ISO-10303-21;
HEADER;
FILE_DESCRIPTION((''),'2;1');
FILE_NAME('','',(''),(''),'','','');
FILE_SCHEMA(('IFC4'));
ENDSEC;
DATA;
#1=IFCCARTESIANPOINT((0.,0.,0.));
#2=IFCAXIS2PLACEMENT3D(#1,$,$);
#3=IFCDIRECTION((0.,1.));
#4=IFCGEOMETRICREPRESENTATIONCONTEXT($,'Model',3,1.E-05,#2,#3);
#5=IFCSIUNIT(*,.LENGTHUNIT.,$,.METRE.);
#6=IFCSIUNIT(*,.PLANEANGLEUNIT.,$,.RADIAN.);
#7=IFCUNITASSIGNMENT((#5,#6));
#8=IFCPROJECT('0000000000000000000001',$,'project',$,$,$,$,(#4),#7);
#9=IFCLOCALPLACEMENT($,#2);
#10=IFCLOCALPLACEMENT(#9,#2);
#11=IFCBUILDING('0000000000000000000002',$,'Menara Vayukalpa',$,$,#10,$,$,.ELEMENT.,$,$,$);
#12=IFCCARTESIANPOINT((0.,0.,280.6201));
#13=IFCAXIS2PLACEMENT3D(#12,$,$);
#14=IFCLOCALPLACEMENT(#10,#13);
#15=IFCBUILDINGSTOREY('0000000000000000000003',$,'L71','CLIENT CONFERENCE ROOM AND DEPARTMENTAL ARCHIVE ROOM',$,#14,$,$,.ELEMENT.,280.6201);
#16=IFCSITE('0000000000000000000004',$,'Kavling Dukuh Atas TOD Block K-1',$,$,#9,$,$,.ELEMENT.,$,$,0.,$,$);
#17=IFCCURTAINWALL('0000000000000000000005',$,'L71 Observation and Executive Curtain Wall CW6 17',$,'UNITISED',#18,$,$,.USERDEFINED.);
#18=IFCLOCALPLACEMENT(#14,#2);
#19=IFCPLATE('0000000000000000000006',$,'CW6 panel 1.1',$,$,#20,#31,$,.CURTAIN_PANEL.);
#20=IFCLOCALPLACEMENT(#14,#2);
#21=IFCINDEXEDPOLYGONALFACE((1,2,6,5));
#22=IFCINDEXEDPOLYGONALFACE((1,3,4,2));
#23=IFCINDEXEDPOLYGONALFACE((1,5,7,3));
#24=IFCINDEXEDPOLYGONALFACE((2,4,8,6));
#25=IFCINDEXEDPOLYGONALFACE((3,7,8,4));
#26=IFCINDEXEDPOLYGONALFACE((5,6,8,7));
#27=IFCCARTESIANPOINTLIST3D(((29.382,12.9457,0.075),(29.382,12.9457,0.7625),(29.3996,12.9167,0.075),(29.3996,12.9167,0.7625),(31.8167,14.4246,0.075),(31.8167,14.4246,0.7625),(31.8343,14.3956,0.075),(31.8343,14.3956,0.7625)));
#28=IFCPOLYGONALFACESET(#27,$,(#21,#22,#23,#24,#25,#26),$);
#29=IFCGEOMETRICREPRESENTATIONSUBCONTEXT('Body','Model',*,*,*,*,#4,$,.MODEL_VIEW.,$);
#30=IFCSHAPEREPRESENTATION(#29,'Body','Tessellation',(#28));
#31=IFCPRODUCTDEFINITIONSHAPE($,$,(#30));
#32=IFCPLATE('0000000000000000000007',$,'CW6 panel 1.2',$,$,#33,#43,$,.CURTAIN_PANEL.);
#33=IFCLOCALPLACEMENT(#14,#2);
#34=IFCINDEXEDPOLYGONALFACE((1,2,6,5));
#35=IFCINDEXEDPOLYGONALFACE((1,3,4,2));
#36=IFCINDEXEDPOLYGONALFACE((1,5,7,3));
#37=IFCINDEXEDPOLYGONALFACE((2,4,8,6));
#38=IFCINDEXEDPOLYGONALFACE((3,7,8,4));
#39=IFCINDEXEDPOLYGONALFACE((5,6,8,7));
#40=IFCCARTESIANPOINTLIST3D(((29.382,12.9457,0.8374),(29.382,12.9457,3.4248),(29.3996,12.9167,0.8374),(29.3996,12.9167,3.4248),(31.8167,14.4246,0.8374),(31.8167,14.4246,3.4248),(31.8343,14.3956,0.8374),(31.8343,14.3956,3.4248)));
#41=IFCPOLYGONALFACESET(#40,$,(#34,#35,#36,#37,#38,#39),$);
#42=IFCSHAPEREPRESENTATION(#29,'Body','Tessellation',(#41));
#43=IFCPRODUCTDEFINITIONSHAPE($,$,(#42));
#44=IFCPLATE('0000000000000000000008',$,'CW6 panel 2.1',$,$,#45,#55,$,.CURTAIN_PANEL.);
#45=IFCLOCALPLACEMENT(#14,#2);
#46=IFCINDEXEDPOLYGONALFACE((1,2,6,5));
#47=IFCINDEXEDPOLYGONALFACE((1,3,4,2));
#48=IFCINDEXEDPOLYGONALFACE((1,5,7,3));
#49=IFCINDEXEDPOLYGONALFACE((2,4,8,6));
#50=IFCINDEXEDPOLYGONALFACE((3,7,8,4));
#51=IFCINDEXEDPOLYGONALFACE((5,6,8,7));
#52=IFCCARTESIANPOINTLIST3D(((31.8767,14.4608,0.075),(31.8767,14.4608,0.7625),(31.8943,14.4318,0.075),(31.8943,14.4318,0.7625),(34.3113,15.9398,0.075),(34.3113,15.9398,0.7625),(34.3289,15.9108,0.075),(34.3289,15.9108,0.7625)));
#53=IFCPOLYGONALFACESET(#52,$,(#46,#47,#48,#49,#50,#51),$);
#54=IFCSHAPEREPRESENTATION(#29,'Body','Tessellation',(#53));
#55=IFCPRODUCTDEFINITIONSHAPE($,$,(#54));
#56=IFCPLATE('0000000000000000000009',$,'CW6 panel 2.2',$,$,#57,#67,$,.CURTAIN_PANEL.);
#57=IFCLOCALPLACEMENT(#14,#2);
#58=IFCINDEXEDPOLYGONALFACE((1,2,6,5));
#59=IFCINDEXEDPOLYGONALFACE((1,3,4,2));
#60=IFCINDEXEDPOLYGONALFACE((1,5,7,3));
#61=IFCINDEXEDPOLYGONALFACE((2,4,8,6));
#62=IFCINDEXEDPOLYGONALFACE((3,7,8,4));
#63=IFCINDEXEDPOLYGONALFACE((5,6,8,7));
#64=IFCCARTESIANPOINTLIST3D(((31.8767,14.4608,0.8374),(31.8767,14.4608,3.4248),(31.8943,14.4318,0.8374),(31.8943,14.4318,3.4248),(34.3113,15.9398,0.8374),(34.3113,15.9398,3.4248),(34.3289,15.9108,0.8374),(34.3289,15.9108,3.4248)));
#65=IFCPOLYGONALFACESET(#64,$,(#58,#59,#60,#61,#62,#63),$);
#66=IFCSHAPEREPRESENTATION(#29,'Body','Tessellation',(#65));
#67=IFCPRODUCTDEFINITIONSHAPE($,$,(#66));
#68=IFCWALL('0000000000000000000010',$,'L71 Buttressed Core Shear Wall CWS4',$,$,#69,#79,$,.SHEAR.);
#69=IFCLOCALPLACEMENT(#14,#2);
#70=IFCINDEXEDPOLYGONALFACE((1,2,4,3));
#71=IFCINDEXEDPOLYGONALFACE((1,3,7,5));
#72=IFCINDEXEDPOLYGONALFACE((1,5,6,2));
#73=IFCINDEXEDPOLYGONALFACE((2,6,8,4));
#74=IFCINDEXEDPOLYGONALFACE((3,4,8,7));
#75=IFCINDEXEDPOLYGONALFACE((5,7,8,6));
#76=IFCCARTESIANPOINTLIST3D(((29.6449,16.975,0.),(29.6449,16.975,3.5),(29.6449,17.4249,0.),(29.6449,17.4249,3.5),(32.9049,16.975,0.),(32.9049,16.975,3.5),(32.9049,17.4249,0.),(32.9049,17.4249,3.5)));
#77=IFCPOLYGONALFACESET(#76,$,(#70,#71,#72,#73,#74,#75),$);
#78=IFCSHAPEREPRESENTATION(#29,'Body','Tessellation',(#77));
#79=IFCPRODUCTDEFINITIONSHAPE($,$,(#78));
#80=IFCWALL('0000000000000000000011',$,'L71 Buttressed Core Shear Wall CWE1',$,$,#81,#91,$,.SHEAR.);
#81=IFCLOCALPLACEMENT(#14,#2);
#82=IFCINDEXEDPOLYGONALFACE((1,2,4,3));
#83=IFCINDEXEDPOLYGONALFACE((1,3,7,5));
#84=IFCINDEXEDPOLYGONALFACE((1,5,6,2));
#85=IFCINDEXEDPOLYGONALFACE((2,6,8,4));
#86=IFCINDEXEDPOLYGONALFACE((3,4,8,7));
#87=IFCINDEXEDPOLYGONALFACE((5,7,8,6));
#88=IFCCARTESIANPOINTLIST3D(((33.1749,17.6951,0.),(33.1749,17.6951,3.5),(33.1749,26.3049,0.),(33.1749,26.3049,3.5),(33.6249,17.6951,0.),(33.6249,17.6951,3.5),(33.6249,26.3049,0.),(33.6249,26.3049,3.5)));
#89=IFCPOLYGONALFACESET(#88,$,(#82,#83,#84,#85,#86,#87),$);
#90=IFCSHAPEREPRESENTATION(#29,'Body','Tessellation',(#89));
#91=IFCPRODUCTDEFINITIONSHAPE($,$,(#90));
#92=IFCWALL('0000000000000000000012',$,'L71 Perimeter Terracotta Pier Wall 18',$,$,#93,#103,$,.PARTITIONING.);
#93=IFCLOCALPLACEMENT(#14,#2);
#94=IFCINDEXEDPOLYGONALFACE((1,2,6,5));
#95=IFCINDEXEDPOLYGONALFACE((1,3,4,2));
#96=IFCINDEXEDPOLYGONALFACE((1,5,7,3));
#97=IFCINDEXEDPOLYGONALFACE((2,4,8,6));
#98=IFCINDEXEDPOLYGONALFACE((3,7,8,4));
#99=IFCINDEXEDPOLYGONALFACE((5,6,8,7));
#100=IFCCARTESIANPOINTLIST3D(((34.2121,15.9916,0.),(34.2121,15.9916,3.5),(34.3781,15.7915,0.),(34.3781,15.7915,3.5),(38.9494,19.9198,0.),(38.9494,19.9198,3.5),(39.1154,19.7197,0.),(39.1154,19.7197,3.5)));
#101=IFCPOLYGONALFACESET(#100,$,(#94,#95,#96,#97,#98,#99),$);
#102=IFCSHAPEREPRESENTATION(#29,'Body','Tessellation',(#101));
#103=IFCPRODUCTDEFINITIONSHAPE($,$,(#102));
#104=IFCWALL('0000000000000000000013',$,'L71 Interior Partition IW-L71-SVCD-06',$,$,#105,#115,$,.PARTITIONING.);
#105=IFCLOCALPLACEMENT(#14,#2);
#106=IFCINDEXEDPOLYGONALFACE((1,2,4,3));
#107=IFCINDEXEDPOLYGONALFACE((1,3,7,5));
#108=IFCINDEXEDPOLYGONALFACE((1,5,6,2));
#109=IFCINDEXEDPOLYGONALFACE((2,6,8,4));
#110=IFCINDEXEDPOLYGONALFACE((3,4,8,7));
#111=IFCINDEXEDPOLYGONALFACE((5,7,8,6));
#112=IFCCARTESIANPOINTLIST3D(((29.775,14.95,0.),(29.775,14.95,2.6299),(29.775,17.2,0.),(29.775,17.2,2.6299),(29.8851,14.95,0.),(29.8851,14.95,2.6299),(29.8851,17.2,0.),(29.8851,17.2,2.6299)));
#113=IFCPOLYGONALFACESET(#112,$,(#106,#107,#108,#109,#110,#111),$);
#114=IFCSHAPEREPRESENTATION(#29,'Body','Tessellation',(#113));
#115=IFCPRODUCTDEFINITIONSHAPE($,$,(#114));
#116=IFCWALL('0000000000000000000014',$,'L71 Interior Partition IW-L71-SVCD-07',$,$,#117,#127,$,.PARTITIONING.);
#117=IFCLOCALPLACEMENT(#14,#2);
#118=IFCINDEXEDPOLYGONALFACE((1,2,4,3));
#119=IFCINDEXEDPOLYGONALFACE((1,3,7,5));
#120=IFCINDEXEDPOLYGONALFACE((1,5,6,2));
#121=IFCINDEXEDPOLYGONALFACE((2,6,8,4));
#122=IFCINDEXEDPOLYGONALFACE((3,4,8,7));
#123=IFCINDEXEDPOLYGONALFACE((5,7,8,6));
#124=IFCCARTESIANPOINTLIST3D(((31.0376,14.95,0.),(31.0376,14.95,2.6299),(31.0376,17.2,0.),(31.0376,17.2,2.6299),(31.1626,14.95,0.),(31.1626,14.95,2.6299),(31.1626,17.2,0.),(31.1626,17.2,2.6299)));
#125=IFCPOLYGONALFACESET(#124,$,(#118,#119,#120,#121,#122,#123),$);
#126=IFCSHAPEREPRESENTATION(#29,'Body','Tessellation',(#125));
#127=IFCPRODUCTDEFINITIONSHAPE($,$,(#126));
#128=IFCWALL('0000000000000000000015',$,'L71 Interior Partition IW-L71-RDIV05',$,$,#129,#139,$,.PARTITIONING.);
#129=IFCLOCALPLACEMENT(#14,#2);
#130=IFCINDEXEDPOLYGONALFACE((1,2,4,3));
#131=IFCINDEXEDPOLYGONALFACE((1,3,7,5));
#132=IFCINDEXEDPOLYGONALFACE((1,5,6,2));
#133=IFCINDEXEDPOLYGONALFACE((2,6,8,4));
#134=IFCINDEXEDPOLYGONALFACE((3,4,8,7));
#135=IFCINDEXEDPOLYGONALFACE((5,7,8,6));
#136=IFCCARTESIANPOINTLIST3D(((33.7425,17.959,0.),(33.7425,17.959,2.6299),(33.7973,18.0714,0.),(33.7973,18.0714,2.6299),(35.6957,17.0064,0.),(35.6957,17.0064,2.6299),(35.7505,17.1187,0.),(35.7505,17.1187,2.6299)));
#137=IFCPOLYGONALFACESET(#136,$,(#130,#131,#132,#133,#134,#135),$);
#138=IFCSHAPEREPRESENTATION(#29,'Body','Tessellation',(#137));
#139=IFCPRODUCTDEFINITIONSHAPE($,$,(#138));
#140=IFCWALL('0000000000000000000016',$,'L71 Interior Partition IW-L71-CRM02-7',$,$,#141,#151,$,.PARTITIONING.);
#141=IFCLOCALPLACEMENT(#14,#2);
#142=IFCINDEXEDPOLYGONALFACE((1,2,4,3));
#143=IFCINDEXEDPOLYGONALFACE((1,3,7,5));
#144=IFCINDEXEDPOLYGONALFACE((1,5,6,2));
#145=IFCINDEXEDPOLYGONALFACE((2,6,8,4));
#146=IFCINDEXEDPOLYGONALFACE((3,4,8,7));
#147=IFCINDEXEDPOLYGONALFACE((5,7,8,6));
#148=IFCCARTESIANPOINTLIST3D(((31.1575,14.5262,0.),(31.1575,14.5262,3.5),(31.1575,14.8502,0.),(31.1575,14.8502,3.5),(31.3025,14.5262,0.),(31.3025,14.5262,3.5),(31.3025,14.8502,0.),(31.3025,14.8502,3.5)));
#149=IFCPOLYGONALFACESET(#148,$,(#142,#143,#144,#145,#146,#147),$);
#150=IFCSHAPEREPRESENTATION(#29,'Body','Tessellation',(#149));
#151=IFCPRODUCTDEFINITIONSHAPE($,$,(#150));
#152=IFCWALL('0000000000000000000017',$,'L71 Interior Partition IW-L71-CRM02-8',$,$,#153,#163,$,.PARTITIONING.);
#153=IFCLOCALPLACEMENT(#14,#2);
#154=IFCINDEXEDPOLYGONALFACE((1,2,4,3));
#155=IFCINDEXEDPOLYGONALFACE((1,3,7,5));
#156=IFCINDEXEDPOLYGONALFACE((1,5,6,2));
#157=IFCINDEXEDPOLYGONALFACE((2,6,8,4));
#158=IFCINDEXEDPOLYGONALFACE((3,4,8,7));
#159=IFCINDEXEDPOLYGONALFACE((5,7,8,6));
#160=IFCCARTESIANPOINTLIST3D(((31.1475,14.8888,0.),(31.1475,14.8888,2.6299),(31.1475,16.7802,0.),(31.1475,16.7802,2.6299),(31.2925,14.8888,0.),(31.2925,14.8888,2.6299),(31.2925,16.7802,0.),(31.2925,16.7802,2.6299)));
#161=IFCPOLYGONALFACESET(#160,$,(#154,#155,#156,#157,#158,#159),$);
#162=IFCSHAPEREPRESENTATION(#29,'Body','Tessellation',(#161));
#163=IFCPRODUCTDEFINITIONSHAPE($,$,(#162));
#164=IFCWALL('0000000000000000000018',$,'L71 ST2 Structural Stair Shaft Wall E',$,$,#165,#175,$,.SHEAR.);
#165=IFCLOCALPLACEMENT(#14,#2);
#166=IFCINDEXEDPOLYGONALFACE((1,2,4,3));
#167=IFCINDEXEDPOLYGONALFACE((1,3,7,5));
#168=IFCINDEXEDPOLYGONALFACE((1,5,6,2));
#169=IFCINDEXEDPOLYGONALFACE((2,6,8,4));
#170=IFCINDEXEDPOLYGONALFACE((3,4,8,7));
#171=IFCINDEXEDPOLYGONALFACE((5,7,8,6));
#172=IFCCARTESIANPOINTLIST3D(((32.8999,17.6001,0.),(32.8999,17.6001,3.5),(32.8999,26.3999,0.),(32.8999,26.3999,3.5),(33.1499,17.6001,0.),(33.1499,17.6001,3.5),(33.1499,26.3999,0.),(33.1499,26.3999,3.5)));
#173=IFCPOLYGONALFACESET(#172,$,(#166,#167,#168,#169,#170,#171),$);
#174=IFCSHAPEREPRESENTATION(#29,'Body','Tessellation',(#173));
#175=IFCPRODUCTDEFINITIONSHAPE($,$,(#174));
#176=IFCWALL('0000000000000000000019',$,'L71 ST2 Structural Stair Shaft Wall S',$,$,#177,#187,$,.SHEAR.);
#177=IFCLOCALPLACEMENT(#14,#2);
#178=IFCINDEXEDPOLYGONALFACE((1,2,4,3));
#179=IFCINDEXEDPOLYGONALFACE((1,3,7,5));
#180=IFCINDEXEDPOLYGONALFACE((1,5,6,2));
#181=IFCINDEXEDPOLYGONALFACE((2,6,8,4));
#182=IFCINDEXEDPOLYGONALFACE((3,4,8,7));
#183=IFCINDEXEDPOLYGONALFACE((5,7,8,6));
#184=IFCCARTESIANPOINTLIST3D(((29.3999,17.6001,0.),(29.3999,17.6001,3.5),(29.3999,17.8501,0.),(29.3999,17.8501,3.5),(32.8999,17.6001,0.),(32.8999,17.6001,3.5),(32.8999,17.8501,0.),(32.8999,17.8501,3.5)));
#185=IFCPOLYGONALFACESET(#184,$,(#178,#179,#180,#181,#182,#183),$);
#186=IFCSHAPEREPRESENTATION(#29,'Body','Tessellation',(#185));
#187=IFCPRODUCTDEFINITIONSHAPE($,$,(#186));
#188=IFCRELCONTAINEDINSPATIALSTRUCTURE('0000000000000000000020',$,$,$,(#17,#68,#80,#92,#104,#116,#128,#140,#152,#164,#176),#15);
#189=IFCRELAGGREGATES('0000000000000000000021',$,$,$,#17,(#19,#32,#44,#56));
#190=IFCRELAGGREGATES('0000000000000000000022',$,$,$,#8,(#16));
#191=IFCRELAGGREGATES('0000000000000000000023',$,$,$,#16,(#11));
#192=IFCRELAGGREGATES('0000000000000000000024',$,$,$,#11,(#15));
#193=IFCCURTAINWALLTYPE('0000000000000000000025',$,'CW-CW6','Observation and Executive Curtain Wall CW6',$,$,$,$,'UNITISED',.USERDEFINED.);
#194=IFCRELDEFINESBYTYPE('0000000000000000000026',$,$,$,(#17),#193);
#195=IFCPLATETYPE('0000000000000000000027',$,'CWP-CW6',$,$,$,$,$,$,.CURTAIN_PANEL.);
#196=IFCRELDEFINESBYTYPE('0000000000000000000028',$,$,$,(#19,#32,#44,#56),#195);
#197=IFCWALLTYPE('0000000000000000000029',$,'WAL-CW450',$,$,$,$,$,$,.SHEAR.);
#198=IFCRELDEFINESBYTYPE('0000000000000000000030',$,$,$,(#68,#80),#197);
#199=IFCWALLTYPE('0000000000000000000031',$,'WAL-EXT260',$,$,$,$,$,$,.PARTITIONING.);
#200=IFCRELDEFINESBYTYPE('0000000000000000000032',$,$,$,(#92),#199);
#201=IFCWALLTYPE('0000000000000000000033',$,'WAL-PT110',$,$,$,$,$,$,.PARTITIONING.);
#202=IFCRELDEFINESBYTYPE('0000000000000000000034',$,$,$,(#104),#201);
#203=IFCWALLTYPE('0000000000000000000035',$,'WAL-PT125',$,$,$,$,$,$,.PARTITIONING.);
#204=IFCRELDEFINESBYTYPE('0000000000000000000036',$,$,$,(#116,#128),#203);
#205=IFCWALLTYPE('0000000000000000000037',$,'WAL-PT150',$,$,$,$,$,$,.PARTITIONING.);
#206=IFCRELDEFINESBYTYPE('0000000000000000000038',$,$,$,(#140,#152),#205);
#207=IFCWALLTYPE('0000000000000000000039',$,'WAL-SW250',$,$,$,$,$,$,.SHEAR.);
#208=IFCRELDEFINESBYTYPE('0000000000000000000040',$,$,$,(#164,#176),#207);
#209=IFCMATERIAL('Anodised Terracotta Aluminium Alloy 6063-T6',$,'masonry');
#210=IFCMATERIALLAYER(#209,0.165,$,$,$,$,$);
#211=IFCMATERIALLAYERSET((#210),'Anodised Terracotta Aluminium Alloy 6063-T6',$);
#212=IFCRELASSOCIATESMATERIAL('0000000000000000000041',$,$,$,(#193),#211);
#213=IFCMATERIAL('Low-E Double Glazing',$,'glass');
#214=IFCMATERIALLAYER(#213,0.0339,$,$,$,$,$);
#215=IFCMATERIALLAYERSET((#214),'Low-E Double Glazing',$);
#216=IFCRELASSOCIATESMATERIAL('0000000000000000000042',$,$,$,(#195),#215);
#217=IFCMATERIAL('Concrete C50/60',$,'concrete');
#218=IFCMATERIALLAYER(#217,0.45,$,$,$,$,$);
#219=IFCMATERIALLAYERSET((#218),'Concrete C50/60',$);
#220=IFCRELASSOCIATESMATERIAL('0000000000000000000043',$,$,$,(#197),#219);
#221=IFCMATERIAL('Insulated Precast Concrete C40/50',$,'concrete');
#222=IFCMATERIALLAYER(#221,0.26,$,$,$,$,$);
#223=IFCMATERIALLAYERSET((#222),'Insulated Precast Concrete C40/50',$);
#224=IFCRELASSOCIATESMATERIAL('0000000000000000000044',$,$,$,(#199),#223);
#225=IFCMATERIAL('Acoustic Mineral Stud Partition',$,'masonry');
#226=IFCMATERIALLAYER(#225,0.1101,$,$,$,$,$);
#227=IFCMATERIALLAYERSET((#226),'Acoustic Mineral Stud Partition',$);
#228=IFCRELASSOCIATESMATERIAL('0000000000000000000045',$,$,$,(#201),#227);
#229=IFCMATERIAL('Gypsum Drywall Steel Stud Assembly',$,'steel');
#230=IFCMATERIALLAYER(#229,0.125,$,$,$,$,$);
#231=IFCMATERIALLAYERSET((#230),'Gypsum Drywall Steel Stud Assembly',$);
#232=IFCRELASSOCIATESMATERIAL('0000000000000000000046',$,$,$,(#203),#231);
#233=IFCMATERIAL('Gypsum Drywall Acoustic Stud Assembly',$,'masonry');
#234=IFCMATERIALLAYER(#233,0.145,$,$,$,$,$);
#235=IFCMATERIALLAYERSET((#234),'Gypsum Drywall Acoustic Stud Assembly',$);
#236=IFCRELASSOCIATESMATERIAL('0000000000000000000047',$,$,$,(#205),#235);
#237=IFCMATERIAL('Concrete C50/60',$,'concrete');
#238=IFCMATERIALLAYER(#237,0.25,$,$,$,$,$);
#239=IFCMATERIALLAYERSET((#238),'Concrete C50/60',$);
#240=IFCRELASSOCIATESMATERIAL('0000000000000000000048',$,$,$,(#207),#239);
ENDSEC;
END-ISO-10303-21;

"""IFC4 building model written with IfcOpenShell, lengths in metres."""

from ifc_helpers import new_model, si_unit, direction, frame, frame_2d, origin, origin_2d, place, context, subcontext, project, spatial, rectangle, extrude, material, layer, layer_set, type_object, element, aggregate, save


model = new_model("IFC4")

# Units and contexts
model_context = context("Model", 3, precision=1e-05, world=origin(), true_north=direction((0.0, 1.0)))
body_context = subcontext(model_context, "Body", "Model", "MODEL_VIEW")
ifc_project = project(units=[si_unit("LENGTHUNIT", "METRE"), si_unit("PLANEANGLEUNIT", "RADIAN")], contexts=[model_context])

# Site, building, storey
site_placement = place(None, origin())
site = spatial("IfcSite", under=ifc_project, at=site_placement, Name="Kavling Dukuh Atas TOD Block K-1", CompositionType="ELEMENT", RefElevation=0.0)
building_placement = place(site_placement, origin())
building = spatial("IfcBuilding", under=site, at=building_placement, Name="Menara Vayukalpa", CompositionType="ELEMENT")
storey_placement = place(building_placement, frame((0.0, 0.0, 280.6201)))
storey = spatial("IfcBuildingStorey", under=building, at=storey_placement, Name="L71", Description="CLIENT CONFERENCE ROOM AND DEPARTMENTAL ARCHIVE ROOM", CompositionType="ELEMENT", Elevation=280.6201)

# Curtain wall, plates
ifc_material_1 = material(Name="Anodised Terracotta Aluminium Alloy 6063-T6", Category="masonry")
ifc_layer_1 = layer(ifc_material_1, 0.165)
ifc_layer_set_1 = layer_set([ifc_layer_1], Name="Anodised Terracotta Aluminium Alloy 6063-T6")
curtain_wall_type = type_object("IfcCurtainWallType", Name="CW-CW6", Description="Observation and Executive Curtain Wall CW6", ElementType="UNITISED", PredefinedType="USERDEFINED", material=ifc_layer_set_1)
curtain_wall_placement = place(storey_placement, origin())
curtain_wall = element("IfcCurtainWall", 1, at=curtain_wall_placement, inside=storey, type_object=curtain_wall_type, Name="L71 Observation and Executive Curtain Wall CW6 17", ObjectType="UNITISED", PredefinedType="USERDEFINED")
ifc_material_2 = material(Name="Low-E Double Glazing", Category="glass")
ifc_layer_2 = layer(ifc_material_2, 0.0339)
ifc_layer_set_2 = layer_set([ifc_layer_2], Name="Low-E Double Glazing")
plate_type = type_object("IfcPlateType", Name="CWP-CW6", PredefinedType="CURTAIN_PANEL", material=ifc_layer_set_2)
plate_1_placement = place(storey_placement, frame((30.6082, 13.6707, 0.075), z_axis=(0.0, 0.0, 1.0), x_axis=(0.854668, 0.519176, 0.0)))
plate_1 = element("IfcPlate", 2, at=plate_1_placement, type_object=plate_type, Name="CW6 panel 1.1", PredefinedType="CURTAIN_PANEL", context=body_context, shape_type="SweptSolid", body=[
    extrude(rectangle(XDim=2.8486, YDim=0.0339, at=origin_2d()), origin(), (0.0, 0.0, 1.0), 0.6875),
])
plate_2_placement = place(storey_placement, frame((30.6082, 13.6707, 0.8374), z_axis=(0.0, 0.0, 1.0), x_axis=(0.854668, 0.519176, 0.0)))
plate_2 = element("IfcPlate", 3, at=plate_2_placement, type_object=plate_type, Name="CW6 panel 1.2", PredefinedType="CURTAIN_PANEL", context=body_context, shape_type="SweptSolid", body=[
    extrude(rectangle(XDim=2.8486, YDim=0.0339, at=origin_2d()), origin(), (0.0, 0.0, 1.0), 2.5874),
])
plate_3_placement = place(storey_placement, frame((33.1028, 15.1858, 0.075), z_axis=(0.0, 0.0, 1.0), x_axis=(0.854668, 0.519176, 0.0)))
plate_3 = element("IfcPlate", 4, at=plate_3_placement, type_object=plate_type, Name="CW6 panel 2.1", PredefinedType="CURTAIN_PANEL", context=body_context, shape_type="SweptSolid", body=[
    extrude(rectangle(XDim=2.8486, YDim=0.0339, at=origin_2d()), origin(), (0.0, 0.0, 1.0), 0.6875),
])
plate_4_placement = place(storey_placement, frame((33.1028, 15.1858, 0.8374), z_axis=(0.0, 0.0, 1.0), x_axis=(0.854668, 0.519176, 0.0)))
plate_4 = element("IfcPlate", 5, at=plate_4_placement, type_object=plate_type, Name="CW6 panel 2.2", PredefinedType="CURTAIN_PANEL", context=body_context, shape_type="SweptSolid", body=[
    extrude(rectangle(XDim=2.8486, YDim=0.0339, at=origin_2d()), origin(), (0.0, 0.0, 1.0), 2.5874),
])
aggregate(curtain_wall, [plate_1, plate_2, plate_3, plate_4])

# Walls
ifc_material_3 = material(Name="Concrete C50/60", Category="concrete")
ifc_layer_3 = layer(ifc_material_3, 0.45)
ifc_layer_set_3 = layer_set([ifc_layer_3], Name="Concrete C50/60")
wall_type_1 = type_object("IfcWallType", Name="WAL-CW450", PredefinedType="SHEAR", material=ifc_layer_set_3)
wall_1_placement = place(storey_placement, frame((29.645, 17.2, 0.0), z_axis=(0.0, 0.0, 1.0), x_axis=(1.0, 0.0, 0.0)))
element("IfcWall", 6, at=wall_1_placement, inside=storey, type_object=wall_type_1, Name="L71 Buttressed Core Shear Wall CWS4", PredefinedType="SHEAR", context=body_context, shape_type="SweptSolid", body=[
    extrude(rectangle(XDim=3.26, YDim=0.45, at=frame_2d((1.6299, 0.0))), origin(), (0.0, 0.0, 1.0), 3.5),
])
wall_2_placement = place(storey_placement, frame((33.3999, 17.6951, 0.0), z_axis=(0.0, 0.0, 1.0), x_axis=(0.0, 1.0, 0.0)))
element("IfcWall", 7, at=wall_2_placement, inside=storey, type_object=wall_type_1, Name="L71 Buttressed Core Shear Wall CWE1", PredefinedType="SHEAR", context=body_context, shape_type="SweptSolid", body=[
    extrude(rectangle(XDim=8.6099, YDim=0.45, at=frame_2d((4.3049, 0.0))), origin(), (0.0, 0.0, 1.0), 3.5),
])
ifc_material_4 = material(Name="Insulated Precast Concrete C40/50", Category="concrete")
ifc_layer_4 = layer(ifc_material_4, 0.26)
ifc_layer_set_4 = layer_set([ifc_layer_4], Name="Insulated Precast Concrete C40/50")
wall_type_2 = type_object("IfcWallType", Name="WAL-EXT260", PredefinedType="PARTITIONING", material=ifc_layer_set_4)
wall_3_placement = place(storey_placement, frame((39.0325, 19.8198, 0.0), z_axis=(0.0, 0.0, 1.0), x_axis=(-0.76978, -0.638309, 0.0)))
element("IfcWall", 8, at=wall_3_placement, inside=storey, type_object=wall_type_2, Name="L71 Perimeter Terracotta Pier Wall 18", PredefinedType="PARTITIONING", context=body_context, shape_type="SweptSolid", body=[
    extrude(rectangle(XDim=6.1541, YDim=0.26, at=frame_2d((3.0771, 0.0))), origin(), (0.0, 0.0, 1.0), 3.5),
])
ifc_material_5 = material(Name="Acoustic Mineral Stud Partition", Category="masonry")
ifc_layer_5 = layer(ifc_material_5, 0.1101)
ifc_layer_set_5 = layer_set([ifc_layer_5], Name="Acoustic Mineral Stud Partition")
wall_type_3 = type_object("IfcWallType", Name="WAL-PT110", PredefinedType="PARTITIONING", material=ifc_layer_set_5)
wall_4_placement = place(storey_placement, frame((29.8301, 14.95, 0.0), z_axis=(0.0, 0.0, 1.0), x_axis=(0.0, 1.0, 0.0)))
element("IfcWall", 9, at=wall_4_placement, inside=storey, type_object=wall_type_3, Name="L71 Interior Partition IW-L71-SVCD-06", PredefinedType="PARTITIONING", context=body_context, shape_type="SweptSolid", body=[
    extrude(rectangle(XDim=2.25, YDim=0.1101, at=frame_2d((1.125, 0.0))), origin(), (0.0, 0.0, 1.0), 2.6299),
])
ifc_material_6 = material(Name="Gypsum Drywall Steel Stud Assembly", Category="steel")
ifc_layer_6 = layer(ifc_material_6, 0.125)
ifc_layer_set_6 = layer_set([ifc_layer_6], Name="Gypsum Drywall Steel Stud Assembly")
wall_type_4 = type_object("IfcWallType", Name="WAL-PT125", PredefinedType="PARTITIONING", material=ifc_layer_set_6)
wall_5_placement = place(storey_placement, frame((31.1001, 14.95, 0.0), z_axis=(0.0, 0.0, 1.0), x_axis=(0.0, 1.0, 0.0)))
element("IfcWall", 10, at=wall_5_placement, inside=storey, type_object=wall_type_4, Name="L71 Interior Partition IW-L71-SVCD-07", PredefinedType="PARTITIONING", context=body_context, shape_type="SweptSolid", body=[
    extrude(rectangle(XDim=2.25, YDim=0.125, at=frame_2d((1.125, 0.0))), origin(), (0.0, 0.0, 1.0), 2.6299),
])
wall_6_placement = place(storey_placement, frame((33.77, 18.0151, 0.0), z_axis=(0.0, 0.0, 1.0), x_axis=(0.898788, -0.438384, 0.0)))
element("IfcWall", 11, at=wall_6_placement, inside=storey, type_object=wall_type_4, Name="L71 Interior Partition IW-L71-RDIV05", PredefinedType="PARTITIONING", context=body_context, shape_type="SweptSolid", body=[
    extrude(rectangle(XDim=2.1731, YDim=0.125, at=frame_2d((1.0864, 0.0))), origin(), (0.0, 0.0, 1.0), 2.6299),
])
ifc_material_7 = material(Name="Gypsum Drywall Acoustic Stud Assembly", Category="masonry")
ifc_layer_7 = layer(ifc_material_7, 0.145)
ifc_layer_set_7 = layer_set([ifc_layer_7], Name="Gypsum Drywall Acoustic Stud Assembly")
wall_type_5 = type_object("IfcWallType", Name="WAL-PT150", PredefinedType="PARTITIONING", material=ifc_layer_set_7)
wall_7_placement = place(storey_placement, frame((31.23, 14.5261, 0.0), z_axis=(0.0, 0.0, 1.0), x_axis=(0.0, 1.0, 0.0)))
element("IfcWall", 12, at=wall_7_placement, inside=storey, type_object=wall_type_5, Name="L71 Interior Partition IW-L71-CRM02-7", PredefinedType="PARTITIONING", context=body_context, shape_type="SweptSolid", body=[
    extrude(rectangle(XDim=0.324, YDim=0.145, at=frame_2d((0.1621, 0.0))), origin(), (0.0, 0.0, 1.0), 3.5),
])
wall_8_placement = place(storey_placement, frame((31.22, 14.8887, 0.0), z_axis=(0.0, 0.0, 1.0), x_axis=(0.0, 1.0, 0.0)))
element("IfcWall", 13, at=wall_8_placement, inside=storey, type_object=wall_type_5, Name="L71 Interior Partition IW-L71-CRM02-8", PredefinedType="PARTITIONING", context=body_context, shape_type="SweptSolid", body=[
    extrude(rectangle(XDim=1.8914, YDim=0.145, at=frame_2d((0.9458, 0.0))), origin(), (0.0, 0.0, 1.0), 2.6299),
])
ifc_material_8 = material(Name="Concrete C50/60", Category="concrete")
ifc_layer_8 = layer(ifc_material_8, 0.25)
ifc_layer_set_8 = layer_set([ifc_layer_8], Name="Concrete C50/60")
wall_type_6 = type_object("IfcWallType", Name="WAL-SW250", PredefinedType="SHEAR", material=ifc_layer_set_8)
wall_9_placement = place(storey_placement, frame((33.0249, 17.6001, 0.0), z_axis=(0.0, 0.0, 1.0), x_axis=(0.0, 1.0, 0.0)))
element("IfcWall", 14, at=wall_9_placement, inside=storey, type_object=wall_type_6, Name="L71 ST2 Structural Stair Shaft Wall E", PredefinedType="SHEAR", context=body_context, shape_type="SweptSolid", body=[
    extrude(rectangle(XDim=8.7998, YDim=0.25, at=frame_2d((4.3999, 0.0))), origin(), (0.0, 0.0, 1.0), 3.5),
])
wall_10_placement = place(storey_placement, frame((29.3999, 17.7251, 0.0), z_axis=(0.0, 0.0, 1.0), x_axis=(1.0, 0.0, 0.0)))
element("IfcWall", 15, at=wall_10_placement, inside=storey, type_object=wall_type_6, Name="L71 ST2 Structural Stair Shaft Wall S", PredefinedType="SHEAR", context=body_context, shape_type="SweptSolid", body=[
    extrude(rectangle(XDim=3.5, YDim=0.25, at=frame_2d((1.75, 0.0))), origin(), (0.0, 0.0, 1.0), 3.5),
])

save(model, "model.ifc")
